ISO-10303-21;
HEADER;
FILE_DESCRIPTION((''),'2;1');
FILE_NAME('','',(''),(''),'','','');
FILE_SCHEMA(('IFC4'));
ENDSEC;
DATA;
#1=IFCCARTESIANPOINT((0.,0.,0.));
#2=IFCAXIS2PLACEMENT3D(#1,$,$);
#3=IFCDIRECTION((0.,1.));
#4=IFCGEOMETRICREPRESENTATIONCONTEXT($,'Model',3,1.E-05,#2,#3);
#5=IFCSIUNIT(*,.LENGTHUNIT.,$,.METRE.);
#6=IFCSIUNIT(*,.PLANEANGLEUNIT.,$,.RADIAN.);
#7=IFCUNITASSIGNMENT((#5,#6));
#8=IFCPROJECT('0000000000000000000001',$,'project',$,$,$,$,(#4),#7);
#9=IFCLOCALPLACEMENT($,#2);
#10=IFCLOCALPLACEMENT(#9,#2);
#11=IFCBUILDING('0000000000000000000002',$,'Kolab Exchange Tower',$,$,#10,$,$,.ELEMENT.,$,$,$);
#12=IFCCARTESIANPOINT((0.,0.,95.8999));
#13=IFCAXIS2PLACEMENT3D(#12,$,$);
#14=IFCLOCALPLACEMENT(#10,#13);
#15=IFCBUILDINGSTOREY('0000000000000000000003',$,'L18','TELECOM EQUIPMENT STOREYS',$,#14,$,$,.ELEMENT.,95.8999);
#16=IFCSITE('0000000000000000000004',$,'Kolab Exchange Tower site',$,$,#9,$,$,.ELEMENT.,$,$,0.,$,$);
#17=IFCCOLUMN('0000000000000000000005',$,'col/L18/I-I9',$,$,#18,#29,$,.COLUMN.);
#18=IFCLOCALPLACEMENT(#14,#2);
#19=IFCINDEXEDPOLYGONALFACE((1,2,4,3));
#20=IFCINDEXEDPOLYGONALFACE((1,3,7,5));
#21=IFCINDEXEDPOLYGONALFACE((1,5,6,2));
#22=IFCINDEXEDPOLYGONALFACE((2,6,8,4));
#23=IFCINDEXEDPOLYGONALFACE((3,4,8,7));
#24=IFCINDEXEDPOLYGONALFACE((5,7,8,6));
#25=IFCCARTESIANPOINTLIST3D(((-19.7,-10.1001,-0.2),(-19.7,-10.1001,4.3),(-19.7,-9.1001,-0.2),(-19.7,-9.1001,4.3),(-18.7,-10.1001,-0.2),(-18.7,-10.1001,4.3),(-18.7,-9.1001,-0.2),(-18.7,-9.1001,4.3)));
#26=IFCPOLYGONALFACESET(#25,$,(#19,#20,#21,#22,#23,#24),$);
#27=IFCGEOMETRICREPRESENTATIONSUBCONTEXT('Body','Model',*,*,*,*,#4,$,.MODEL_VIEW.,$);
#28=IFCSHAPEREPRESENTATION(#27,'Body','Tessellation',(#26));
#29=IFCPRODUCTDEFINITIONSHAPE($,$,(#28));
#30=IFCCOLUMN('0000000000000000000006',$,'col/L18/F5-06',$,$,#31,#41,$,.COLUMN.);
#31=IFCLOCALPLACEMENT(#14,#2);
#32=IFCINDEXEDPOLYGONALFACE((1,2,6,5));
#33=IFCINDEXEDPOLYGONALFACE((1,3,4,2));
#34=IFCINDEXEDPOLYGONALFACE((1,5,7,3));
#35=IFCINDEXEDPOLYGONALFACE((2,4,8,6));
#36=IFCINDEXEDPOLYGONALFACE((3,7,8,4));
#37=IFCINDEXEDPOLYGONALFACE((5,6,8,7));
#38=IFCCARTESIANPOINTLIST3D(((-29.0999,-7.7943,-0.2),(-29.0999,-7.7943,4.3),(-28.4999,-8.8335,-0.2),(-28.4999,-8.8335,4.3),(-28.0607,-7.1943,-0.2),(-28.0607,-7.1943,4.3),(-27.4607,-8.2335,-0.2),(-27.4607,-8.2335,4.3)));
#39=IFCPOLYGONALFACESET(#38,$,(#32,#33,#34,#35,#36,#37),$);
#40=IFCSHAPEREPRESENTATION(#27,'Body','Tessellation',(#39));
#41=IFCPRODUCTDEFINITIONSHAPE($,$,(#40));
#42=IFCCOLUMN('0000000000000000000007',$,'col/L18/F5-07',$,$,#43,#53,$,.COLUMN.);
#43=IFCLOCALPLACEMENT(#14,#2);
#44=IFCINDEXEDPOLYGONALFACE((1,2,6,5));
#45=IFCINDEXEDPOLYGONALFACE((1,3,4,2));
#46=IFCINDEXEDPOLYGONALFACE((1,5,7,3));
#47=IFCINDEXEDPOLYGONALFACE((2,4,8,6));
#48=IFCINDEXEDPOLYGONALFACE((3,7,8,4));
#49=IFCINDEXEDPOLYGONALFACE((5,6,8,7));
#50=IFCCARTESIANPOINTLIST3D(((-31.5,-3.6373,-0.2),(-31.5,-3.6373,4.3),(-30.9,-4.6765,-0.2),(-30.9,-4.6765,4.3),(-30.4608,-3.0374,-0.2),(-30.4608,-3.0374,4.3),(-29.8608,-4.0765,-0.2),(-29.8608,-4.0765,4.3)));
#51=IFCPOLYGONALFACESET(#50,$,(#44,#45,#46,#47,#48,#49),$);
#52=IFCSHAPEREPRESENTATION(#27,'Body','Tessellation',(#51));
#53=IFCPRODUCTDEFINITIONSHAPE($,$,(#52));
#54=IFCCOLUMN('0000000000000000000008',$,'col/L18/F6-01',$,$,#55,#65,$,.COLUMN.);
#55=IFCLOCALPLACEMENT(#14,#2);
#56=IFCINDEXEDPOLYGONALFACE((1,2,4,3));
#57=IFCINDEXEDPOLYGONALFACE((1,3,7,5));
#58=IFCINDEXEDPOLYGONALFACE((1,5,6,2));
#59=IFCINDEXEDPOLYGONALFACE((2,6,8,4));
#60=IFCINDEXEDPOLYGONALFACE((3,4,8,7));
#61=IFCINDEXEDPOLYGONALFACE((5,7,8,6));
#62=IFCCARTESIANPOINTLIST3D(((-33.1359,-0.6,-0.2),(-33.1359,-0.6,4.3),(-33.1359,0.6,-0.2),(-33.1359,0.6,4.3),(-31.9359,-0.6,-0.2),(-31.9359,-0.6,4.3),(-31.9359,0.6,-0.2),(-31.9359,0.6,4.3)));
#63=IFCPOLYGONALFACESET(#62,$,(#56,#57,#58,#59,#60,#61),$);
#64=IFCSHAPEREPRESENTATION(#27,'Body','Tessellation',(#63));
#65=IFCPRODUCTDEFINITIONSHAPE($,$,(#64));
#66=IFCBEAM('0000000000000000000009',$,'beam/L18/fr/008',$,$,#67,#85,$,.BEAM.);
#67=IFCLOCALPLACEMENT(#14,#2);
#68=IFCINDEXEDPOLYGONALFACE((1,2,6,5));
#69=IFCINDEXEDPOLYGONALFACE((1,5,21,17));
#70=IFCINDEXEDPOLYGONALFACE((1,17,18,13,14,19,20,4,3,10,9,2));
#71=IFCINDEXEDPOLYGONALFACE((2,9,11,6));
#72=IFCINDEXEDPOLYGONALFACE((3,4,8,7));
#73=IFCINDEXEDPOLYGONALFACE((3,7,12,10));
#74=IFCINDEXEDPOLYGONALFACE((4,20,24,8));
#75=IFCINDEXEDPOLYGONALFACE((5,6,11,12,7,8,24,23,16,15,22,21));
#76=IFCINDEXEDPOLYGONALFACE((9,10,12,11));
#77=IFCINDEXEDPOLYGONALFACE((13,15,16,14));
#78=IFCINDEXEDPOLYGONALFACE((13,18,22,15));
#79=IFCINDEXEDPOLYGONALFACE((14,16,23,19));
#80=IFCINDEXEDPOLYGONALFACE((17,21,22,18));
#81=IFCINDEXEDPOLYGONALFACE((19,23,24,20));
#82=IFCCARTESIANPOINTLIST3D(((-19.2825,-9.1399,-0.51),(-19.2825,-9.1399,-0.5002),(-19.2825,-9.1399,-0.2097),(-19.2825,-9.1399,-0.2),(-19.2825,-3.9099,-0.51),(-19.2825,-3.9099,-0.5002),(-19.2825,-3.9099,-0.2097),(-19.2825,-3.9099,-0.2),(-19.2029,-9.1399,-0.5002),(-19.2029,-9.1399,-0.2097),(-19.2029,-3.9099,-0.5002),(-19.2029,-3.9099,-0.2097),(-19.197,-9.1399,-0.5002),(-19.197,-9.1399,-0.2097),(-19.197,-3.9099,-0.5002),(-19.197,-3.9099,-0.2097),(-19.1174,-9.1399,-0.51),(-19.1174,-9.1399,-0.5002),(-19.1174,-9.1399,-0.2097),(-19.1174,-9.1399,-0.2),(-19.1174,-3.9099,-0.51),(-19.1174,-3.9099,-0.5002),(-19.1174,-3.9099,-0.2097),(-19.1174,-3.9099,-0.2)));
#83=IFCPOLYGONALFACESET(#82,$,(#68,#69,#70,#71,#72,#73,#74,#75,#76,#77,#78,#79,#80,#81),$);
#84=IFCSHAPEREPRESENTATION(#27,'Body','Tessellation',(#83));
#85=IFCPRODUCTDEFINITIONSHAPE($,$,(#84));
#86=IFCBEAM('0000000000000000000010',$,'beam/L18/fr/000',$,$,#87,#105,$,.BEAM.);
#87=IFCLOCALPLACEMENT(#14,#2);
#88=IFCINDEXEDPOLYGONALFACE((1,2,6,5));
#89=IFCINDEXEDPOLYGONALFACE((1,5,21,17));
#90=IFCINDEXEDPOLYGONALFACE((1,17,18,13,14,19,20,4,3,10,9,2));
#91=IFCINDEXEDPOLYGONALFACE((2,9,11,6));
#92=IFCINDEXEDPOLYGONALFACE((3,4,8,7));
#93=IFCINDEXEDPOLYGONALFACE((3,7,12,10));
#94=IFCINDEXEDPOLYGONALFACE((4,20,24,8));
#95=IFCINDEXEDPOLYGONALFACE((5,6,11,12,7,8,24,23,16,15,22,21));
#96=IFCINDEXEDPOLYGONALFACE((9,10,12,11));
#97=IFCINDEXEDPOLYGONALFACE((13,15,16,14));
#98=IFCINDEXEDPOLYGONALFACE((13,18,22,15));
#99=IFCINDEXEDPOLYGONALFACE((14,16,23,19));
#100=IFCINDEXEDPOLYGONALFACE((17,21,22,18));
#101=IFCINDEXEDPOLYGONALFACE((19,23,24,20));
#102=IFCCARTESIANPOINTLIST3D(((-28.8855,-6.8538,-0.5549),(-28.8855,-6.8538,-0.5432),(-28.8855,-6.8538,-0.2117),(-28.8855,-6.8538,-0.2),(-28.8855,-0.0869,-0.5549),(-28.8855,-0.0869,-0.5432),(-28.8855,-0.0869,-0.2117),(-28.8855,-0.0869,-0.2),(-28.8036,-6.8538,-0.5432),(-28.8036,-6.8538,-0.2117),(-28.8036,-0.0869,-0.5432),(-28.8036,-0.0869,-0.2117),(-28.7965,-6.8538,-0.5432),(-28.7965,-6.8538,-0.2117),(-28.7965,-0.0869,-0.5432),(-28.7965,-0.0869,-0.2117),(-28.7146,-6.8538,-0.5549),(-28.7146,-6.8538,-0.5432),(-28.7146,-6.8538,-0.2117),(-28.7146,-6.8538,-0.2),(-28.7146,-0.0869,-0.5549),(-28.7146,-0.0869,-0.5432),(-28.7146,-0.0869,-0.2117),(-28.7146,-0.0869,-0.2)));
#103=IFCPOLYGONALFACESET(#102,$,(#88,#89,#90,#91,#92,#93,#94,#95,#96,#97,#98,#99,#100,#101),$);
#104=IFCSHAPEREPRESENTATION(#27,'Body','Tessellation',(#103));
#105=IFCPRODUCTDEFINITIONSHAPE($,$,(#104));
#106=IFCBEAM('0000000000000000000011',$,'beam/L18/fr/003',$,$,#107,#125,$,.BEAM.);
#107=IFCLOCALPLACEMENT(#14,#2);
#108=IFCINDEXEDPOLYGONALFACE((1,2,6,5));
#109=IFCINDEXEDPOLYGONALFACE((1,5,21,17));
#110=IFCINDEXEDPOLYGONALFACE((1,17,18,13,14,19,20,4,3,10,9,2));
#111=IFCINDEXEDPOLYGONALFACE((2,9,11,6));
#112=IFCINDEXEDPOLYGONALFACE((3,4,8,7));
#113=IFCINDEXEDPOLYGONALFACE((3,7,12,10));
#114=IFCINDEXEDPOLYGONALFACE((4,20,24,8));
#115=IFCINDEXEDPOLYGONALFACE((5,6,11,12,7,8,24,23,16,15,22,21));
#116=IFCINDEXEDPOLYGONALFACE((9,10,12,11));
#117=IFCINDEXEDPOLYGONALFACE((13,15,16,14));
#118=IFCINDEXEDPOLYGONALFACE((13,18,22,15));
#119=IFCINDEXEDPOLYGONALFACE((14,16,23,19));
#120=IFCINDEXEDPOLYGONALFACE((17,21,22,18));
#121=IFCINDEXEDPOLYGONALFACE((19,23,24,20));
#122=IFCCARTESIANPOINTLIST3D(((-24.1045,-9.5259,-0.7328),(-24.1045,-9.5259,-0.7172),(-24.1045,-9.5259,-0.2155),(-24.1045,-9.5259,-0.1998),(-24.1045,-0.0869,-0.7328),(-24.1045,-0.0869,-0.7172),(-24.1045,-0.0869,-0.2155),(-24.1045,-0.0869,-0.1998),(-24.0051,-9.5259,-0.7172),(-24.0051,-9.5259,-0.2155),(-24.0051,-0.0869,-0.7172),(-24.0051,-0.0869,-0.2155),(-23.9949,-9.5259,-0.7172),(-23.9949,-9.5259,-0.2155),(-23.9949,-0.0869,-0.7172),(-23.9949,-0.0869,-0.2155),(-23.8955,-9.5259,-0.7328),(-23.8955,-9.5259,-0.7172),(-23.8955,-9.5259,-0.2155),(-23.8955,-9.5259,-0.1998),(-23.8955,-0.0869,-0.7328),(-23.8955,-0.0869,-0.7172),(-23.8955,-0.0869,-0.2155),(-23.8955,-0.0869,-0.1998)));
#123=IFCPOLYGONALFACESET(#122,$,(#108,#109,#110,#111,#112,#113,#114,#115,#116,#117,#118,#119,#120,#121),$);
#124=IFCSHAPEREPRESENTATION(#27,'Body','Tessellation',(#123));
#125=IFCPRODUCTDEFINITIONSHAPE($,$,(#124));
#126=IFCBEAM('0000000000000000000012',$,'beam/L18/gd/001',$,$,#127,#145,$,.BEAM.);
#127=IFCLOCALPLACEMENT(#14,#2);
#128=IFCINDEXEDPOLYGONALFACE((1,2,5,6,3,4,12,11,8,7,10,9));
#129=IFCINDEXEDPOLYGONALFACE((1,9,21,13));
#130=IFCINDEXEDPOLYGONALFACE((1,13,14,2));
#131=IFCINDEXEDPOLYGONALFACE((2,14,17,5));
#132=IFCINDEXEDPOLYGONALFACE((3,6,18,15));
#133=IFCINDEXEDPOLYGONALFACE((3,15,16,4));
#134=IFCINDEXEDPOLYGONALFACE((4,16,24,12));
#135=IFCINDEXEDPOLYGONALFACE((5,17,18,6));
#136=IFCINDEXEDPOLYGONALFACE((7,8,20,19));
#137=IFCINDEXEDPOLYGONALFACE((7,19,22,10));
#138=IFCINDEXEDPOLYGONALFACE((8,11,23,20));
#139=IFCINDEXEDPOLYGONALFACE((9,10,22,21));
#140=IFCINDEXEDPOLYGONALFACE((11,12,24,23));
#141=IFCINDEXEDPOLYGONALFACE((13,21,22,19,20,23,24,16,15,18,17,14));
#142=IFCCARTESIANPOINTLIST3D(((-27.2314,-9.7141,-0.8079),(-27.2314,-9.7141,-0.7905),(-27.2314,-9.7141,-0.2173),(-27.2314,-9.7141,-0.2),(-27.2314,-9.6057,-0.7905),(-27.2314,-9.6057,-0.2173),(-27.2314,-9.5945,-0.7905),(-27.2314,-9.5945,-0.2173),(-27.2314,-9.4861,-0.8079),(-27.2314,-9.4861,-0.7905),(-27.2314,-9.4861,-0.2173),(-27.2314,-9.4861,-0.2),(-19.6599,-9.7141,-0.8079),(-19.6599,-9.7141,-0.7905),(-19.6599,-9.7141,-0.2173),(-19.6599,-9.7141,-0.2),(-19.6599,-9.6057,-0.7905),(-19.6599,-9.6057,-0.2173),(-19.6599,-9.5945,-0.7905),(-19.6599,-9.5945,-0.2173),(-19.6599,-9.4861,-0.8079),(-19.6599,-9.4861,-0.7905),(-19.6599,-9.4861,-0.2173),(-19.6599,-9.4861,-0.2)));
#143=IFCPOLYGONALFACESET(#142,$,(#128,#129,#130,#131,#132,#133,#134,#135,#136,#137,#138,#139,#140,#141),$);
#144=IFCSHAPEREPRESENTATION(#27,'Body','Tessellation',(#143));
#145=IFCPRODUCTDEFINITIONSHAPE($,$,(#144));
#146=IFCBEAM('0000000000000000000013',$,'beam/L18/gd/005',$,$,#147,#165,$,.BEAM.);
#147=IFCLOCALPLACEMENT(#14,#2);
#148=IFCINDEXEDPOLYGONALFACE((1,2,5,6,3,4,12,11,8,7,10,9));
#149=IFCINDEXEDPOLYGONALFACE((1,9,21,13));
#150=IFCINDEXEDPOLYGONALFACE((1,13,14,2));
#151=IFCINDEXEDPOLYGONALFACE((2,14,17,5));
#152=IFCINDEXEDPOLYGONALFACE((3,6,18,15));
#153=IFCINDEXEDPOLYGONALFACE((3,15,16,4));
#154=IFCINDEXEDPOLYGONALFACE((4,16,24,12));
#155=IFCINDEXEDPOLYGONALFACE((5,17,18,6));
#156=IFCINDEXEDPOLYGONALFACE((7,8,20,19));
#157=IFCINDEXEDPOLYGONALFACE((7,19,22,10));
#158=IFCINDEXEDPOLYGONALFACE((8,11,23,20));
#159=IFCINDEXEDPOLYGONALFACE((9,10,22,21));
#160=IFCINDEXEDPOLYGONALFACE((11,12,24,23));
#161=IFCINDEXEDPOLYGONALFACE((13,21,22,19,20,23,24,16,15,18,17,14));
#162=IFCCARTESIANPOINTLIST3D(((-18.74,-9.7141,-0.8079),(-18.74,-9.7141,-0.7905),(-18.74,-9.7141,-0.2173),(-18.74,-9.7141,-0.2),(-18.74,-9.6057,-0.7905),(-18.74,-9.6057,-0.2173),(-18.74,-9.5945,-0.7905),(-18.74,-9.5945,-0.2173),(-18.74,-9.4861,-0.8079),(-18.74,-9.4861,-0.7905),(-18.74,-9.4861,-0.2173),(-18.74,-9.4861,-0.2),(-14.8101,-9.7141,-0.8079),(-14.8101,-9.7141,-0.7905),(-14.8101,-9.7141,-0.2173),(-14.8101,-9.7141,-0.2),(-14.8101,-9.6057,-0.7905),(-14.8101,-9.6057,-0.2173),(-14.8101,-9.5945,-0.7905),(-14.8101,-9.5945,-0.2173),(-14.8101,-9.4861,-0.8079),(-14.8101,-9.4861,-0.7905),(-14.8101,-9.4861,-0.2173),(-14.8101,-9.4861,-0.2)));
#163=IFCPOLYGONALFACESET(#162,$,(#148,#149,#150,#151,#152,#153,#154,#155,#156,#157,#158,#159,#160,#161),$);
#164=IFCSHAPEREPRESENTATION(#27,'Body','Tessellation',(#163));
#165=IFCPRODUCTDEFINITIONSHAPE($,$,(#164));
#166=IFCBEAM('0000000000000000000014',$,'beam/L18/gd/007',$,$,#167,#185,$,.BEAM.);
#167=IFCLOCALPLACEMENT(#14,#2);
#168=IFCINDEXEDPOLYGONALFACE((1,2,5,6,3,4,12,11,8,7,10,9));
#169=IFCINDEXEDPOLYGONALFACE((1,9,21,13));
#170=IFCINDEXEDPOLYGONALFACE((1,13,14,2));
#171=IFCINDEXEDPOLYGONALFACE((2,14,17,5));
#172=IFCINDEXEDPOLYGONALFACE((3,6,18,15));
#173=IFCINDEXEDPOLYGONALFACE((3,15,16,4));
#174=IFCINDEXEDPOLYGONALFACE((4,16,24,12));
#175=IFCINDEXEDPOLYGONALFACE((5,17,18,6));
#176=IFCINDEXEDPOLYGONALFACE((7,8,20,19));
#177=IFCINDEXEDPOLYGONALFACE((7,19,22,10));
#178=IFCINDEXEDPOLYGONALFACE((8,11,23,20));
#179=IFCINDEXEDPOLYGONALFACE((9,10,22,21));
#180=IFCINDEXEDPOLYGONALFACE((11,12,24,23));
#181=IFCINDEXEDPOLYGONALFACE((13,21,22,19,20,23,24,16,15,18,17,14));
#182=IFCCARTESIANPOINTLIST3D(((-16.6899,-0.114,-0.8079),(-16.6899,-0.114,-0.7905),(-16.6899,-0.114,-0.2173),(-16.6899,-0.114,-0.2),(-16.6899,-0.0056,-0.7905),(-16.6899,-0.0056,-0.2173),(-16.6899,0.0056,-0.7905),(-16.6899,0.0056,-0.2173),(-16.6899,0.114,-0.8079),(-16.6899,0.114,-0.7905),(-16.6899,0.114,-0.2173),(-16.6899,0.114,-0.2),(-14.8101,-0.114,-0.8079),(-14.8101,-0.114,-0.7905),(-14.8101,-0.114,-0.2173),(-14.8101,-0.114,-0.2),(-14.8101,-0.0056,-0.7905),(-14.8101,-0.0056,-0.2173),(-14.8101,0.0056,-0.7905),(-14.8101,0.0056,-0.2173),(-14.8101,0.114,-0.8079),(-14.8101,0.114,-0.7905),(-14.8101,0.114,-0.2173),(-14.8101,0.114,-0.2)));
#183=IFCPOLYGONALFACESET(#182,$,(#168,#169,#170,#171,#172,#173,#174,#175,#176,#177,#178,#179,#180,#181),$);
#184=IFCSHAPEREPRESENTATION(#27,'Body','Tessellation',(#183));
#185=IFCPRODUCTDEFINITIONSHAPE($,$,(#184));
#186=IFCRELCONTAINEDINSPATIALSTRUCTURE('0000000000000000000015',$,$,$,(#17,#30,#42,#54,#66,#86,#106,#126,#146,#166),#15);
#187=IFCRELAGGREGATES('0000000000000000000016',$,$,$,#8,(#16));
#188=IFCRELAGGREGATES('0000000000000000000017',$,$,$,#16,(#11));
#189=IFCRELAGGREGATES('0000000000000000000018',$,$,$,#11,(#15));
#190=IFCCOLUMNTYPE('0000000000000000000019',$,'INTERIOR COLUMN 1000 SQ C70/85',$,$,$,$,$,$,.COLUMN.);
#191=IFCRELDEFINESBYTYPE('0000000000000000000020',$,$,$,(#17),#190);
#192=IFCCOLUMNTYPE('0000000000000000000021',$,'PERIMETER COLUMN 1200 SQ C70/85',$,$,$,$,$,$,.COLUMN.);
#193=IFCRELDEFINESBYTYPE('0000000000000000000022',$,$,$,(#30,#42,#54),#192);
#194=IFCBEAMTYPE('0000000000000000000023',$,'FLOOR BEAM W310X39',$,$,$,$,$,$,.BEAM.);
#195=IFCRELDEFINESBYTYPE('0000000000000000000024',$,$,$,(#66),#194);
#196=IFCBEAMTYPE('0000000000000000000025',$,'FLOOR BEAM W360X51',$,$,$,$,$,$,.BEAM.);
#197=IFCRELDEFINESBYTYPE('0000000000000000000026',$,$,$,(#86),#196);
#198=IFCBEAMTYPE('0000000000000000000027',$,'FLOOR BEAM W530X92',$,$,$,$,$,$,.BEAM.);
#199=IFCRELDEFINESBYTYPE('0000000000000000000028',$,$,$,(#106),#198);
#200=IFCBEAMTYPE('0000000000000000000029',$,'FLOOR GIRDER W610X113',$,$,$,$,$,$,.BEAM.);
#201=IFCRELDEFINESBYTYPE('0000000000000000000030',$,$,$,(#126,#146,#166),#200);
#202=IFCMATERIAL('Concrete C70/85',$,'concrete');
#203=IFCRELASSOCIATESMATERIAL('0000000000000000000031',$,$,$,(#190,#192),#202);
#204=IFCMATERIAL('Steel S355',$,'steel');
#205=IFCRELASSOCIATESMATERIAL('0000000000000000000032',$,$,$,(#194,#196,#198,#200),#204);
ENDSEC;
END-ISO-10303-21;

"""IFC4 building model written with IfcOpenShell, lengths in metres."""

from ifc_helpers import new_model, si_unit, direction, frame, origin, origin_2d, place, context, subcontext, project, spatial, rectangle, i_section, extrude, material, material_profile, profile_set, type_object, element, save


model = new_model("IFC4")

# Units and contexts
model_context = context("Model", 3, precision=1e-05, world=origin(), true_north=direction((0.0, 1.0)))
body_context = subcontext(model_context, "Body", "Model", "MODEL_VIEW")
ifc_project = project(units=[si_unit("LENGTHUNIT", "METRE"), si_unit("PLANEANGLEUNIT", "RADIAN")], contexts=[model_context])

# Site, building, storey
site_placement = place(None, origin())
site = spatial("IfcSite", under=ifc_project, at=site_placement, Name="Kolab Exchange Tower site", CompositionType="ELEMENT", RefElevation=0.0)
building_placement = place(site_placement, origin())
building = spatial("IfcBuilding", under=site, at=building_placement, Name="Kolab Exchange Tower", CompositionType="ELEMENT")
storey_placement = place(building_placement, frame((0.0, 0.0, 95.8999)))
storey = spatial("IfcBuildingStorey", under=building, at=storey_placement, Name="L18", Description="TELECOM EQUIPMENT STOREYS", CompositionType="ELEMENT", Elevation=95.8999)

# Columns
ifc_material_1 = material(Name="Concrete C70/85", Category="concrete")
ifc_material_profile_1 = material_profile(ifc_material_1, rectangle(XDim=1.0, YDim=1.0, at=origin_2d()), Name="RC1000")
ifc_profile_set_1 = profile_set([ifc_material_profile_1], Name="Concrete C70/85")
column_type_1 = type_object("IfcColumnType", Name="INTERIOR COLUMN 1000 SQ C70/85", PredefinedType="COLUMN", material=ifc_profile_set_1)
column_placement = place(storey_placement, frame((-19.2, -9.6001, -0.2), z_axis=(0.0, 0.0, 1.0), x_axis=(1.0, 0.0, 0.0)))
element("IfcColumn", 1, at=column_placement, inside=storey, type_object=column_type_1, Name="col/L18/I-I9", PredefinedType="COLUMN", context=body_context, shape_type="SweptSolid", body=[
    extrude(rectangle(XDim=1.0, YDim=1.0, at=origin_2d()), origin(), (0.0, 0.0, 1.0), 4.5),
])
ifc_material_profile_2 = material_profile(ifc_material_1, rectangle(XDim=1.2, YDim=1.2, at=origin_2d()), Name="RC1200")
ifc_profile_set_2 = profile_set([ifc_material_profile_2], Name="Concrete C70/85")
column_type_2 = type_object("IfcColumnType", Name="PERIMETER COLUMN 1200 SQ C70/85", PredefinedType="COLUMN", material=ifc_profile_set_2)
for number, where, z_axis, x_axis, name in (
    (2, (-28.2803, -8.0139, -0.2), (0.0, 0.0, 1.0), (0.866025, 0.5, 0.0), "col/L18/F5-06"),
    (3, (-30.6804, -3.8569, -0.2), (0.0, 0.0, 1.0), (0.866025, 0.5, 0.0), "col/L18/F5-07"),
    (4, (-32.5359, 0.0, -0.2), (0.0, 0.0, 1.0), (1.0, 0.0, 0.0), "col/L18/F6-01"),
):
    element("IfcColumn", number, at=place(storey_placement, frame(where, z_axis=z_axis, x_axis=x_axis)), inside=storey, type_object=column_type_2, Name=name, PredefinedType="COLUMN", context=body_context, shape_type="SweptSolid", body=[
        extrude(rectangle(XDim=1.2, YDim=1.2, at=origin_2d()), origin(), (0.0, 0.0, 1.0), 4.5),
    ])

# Beams
ifc_material_2 = material(Name="Steel S355", Category="steel")
ifc_material_profile_3 = material_profile(ifc_material_2, i_section(OverallWidth=0.165, OverallDepth=0.3101, WebThickness=0.0059, FlangeThickness=0.0098, at=origin_2d()), Name="W310X39")
ifc_profile_set_3 = profile_set([ifc_material_profile_3], Name="Steel S355")
beam_type_1 = type_object("IfcBeamType", Name="FLOOR BEAM W310X39", PredefinedType="BEAM", material=ifc_profile_set_3)
beam_1_placement = place(storey_placement, frame((-19.2, -9.1399, -0.355), z_axis=(0.0, 1.0, 0.0), x_axis=(-1.0, 0.0, 0.0)))
element("IfcBeam", 5, at=beam_1_placement, inside=storey, type_object=beam_type_1, Name="beam/L18/fr/008", PredefinedType="BEAM", context=body_context, shape_type="SweptSolid", body=[
    extrude(i_section(OverallWidth=0.165, OverallDepth=0.3101, WebThickness=0.0059, FlangeThickness=0.0098, at=origin_2d()), origin(), (0.0, 0.0, 1.0), 5.23),
])
ifc_material_profile_4 = material_profile(ifc_material_2, i_section(OverallWidth=0.1709, OverallDepth=0.355, WebThickness=0.0071, FlangeThickness=0.0117, at=origin_2d()), Name="W360X51")
ifc_profile_set_4 = profile_set([ifc_material_profile_4], Name="Steel S355")
beam_type_2 = type_object("IfcBeamType", Name="FLOOR BEAM W360X51", PredefinedType="BEAM", material=ifc_profile_set_4)
beam_2_placement = place(storey_placement, frame((-28.8, -6.8538, -0.3774), z_axis=(0.0, 1.0, 0.0), x_axis=(-1.0, 0.0, 0.0)))
element("IfcBeam", 6, at=beam_2_placement, inside=storey, type_object=beam_type_2, Name="beam/L18/fr/000", PredefinedType="BEAM", context=body_context, shape_type="SweptSolid", body=[
    extrude(i_section(OverallWidth=0.1709, OverallDepth=0.355, WebThickness=0.0071, FlangeThickness=0.0117, at=origin_2d()), origin(), (0.0, 0.0, 1.0), 6.7668),
])
ifc_material_profile_5 = material_profile(ifc_material_2, i_section(OverallWidth=0.209, OverallDepth=0.533, WebThickness=0.0103, FlangeThickness=0.0156, at=origin_2d()), Name="W530X92")
ifc_profile_set_5 = profile_set([ifc_material_profile_5], Name="Steel S355")
beam_type_3 = type_object("IfcBeamType", Name="FLOOR BEAM W530X92", PredefinedType="BEAM", material=ifc_profile_set_5)
beam_3_placement = place(storey_placement, frame((-24.0, -9.5259, -0.4663), z_axis=(0.0, 1.0, 0.0), x_axis=(-1.0, 0.0, 0.0)))
element("IfcBeam", 7, at=beam_3_placement, inside=storey, type_object=beam_type_3, Name="beam/L18/fr/003", PredefinedType="BEAM", context=body_context, shape_type="SweptSolid", body=[
    extrude(i_section(OverallWidth=0.209, OverallDepth=0.533, WebThickness=0.0103, FlangeThickness=0.0156, at=origin_2d()), origin(), (0.0, 0.0, 1.0), 9.439),
])
ifc_material_profile_6 = material_profile(ifc_material_2, i_section(OverallWidth=0.228, OverallDepth=0.6079, WebThickness=0.0112, FlangeThickness=0.0173, at=origin_2d()), Name="W610X113")
ifc_profile_set_6 = profile_set([ifc_material_profile_6], Name="Steel S355")
beam_type_4 = type_object("IfcBeamType", Name="FLOOR GIRDER W610X113", PredefinedType="BEAM", material=ifc_profile_set_6)
beam_4_placement = place(storey_placement, frame((-27.2314, -9.6001, -0.5039), z_axis=(1.0, 0.0, 0.0), x_axis=(0.0, 1.0, 0.0)))
element("IfcBeam", 8, at=beam_4_placement, inside=storey, type_object=beam_type_4, Name="beam/L18/gd/001", PredefinedType="BEAM", context=body_context, shape_type="SweptSolid", body=[
    extrude(i_section(OverallWidth=0.228, OverallDepth=0.6079, WebThickness=0.0112, FlangeThickness=0.0173, at=origin_2d()), origin(), (0.0, 0.0, 1.0), 7.5715),
])
beam_5_placement = place(storey_placement, frame((-18.74, -9.6001, -0.5039), z_axis=(1.0, 0.0, 0.0), x_axis=(0.0, 1.0, 0.0)))
element("IfcBeam", 9, at=beam_5_placement, inside=storey, type_object=beam_type_4, Name="beam/L18/gd/005", PredefinedType="BEAM", context=body_context, shape_type="SweptSolid", body=[
    extrude(i_section(OverallWidth=0.228, OverallDepth=0.6079, WebThickness=0.0112, FlangeThickness=0.0173, at=origin_2d()), origin(), (0.0, 0.0, 1.0), 3.9299),
])
beam_6_placement = place(storey_placement, frame((-16.6899, 0.0, -0.5039), z_axis=(1.0, 0.0, 0.0), x_axis=(0.0, 1.0, 0.0)))
element("IfcBeam", 10, at=beam_6_placement, inside=storey, type_object=beam_type_4, Name="beam/L18/gd/007", PredefinedType="BEAM", context=body_context, shape_type="SweptSolid", body=[
    extrude(i_section(OverallWidth=0.228, OverallDepth=0.6079, WebThickness=0.0112, FlangeThickness=0.0173, at=origin_2d()), origin(), (0.0, 0.0, 1.0), 1.8799),
])

save(model, "model.ifc")
